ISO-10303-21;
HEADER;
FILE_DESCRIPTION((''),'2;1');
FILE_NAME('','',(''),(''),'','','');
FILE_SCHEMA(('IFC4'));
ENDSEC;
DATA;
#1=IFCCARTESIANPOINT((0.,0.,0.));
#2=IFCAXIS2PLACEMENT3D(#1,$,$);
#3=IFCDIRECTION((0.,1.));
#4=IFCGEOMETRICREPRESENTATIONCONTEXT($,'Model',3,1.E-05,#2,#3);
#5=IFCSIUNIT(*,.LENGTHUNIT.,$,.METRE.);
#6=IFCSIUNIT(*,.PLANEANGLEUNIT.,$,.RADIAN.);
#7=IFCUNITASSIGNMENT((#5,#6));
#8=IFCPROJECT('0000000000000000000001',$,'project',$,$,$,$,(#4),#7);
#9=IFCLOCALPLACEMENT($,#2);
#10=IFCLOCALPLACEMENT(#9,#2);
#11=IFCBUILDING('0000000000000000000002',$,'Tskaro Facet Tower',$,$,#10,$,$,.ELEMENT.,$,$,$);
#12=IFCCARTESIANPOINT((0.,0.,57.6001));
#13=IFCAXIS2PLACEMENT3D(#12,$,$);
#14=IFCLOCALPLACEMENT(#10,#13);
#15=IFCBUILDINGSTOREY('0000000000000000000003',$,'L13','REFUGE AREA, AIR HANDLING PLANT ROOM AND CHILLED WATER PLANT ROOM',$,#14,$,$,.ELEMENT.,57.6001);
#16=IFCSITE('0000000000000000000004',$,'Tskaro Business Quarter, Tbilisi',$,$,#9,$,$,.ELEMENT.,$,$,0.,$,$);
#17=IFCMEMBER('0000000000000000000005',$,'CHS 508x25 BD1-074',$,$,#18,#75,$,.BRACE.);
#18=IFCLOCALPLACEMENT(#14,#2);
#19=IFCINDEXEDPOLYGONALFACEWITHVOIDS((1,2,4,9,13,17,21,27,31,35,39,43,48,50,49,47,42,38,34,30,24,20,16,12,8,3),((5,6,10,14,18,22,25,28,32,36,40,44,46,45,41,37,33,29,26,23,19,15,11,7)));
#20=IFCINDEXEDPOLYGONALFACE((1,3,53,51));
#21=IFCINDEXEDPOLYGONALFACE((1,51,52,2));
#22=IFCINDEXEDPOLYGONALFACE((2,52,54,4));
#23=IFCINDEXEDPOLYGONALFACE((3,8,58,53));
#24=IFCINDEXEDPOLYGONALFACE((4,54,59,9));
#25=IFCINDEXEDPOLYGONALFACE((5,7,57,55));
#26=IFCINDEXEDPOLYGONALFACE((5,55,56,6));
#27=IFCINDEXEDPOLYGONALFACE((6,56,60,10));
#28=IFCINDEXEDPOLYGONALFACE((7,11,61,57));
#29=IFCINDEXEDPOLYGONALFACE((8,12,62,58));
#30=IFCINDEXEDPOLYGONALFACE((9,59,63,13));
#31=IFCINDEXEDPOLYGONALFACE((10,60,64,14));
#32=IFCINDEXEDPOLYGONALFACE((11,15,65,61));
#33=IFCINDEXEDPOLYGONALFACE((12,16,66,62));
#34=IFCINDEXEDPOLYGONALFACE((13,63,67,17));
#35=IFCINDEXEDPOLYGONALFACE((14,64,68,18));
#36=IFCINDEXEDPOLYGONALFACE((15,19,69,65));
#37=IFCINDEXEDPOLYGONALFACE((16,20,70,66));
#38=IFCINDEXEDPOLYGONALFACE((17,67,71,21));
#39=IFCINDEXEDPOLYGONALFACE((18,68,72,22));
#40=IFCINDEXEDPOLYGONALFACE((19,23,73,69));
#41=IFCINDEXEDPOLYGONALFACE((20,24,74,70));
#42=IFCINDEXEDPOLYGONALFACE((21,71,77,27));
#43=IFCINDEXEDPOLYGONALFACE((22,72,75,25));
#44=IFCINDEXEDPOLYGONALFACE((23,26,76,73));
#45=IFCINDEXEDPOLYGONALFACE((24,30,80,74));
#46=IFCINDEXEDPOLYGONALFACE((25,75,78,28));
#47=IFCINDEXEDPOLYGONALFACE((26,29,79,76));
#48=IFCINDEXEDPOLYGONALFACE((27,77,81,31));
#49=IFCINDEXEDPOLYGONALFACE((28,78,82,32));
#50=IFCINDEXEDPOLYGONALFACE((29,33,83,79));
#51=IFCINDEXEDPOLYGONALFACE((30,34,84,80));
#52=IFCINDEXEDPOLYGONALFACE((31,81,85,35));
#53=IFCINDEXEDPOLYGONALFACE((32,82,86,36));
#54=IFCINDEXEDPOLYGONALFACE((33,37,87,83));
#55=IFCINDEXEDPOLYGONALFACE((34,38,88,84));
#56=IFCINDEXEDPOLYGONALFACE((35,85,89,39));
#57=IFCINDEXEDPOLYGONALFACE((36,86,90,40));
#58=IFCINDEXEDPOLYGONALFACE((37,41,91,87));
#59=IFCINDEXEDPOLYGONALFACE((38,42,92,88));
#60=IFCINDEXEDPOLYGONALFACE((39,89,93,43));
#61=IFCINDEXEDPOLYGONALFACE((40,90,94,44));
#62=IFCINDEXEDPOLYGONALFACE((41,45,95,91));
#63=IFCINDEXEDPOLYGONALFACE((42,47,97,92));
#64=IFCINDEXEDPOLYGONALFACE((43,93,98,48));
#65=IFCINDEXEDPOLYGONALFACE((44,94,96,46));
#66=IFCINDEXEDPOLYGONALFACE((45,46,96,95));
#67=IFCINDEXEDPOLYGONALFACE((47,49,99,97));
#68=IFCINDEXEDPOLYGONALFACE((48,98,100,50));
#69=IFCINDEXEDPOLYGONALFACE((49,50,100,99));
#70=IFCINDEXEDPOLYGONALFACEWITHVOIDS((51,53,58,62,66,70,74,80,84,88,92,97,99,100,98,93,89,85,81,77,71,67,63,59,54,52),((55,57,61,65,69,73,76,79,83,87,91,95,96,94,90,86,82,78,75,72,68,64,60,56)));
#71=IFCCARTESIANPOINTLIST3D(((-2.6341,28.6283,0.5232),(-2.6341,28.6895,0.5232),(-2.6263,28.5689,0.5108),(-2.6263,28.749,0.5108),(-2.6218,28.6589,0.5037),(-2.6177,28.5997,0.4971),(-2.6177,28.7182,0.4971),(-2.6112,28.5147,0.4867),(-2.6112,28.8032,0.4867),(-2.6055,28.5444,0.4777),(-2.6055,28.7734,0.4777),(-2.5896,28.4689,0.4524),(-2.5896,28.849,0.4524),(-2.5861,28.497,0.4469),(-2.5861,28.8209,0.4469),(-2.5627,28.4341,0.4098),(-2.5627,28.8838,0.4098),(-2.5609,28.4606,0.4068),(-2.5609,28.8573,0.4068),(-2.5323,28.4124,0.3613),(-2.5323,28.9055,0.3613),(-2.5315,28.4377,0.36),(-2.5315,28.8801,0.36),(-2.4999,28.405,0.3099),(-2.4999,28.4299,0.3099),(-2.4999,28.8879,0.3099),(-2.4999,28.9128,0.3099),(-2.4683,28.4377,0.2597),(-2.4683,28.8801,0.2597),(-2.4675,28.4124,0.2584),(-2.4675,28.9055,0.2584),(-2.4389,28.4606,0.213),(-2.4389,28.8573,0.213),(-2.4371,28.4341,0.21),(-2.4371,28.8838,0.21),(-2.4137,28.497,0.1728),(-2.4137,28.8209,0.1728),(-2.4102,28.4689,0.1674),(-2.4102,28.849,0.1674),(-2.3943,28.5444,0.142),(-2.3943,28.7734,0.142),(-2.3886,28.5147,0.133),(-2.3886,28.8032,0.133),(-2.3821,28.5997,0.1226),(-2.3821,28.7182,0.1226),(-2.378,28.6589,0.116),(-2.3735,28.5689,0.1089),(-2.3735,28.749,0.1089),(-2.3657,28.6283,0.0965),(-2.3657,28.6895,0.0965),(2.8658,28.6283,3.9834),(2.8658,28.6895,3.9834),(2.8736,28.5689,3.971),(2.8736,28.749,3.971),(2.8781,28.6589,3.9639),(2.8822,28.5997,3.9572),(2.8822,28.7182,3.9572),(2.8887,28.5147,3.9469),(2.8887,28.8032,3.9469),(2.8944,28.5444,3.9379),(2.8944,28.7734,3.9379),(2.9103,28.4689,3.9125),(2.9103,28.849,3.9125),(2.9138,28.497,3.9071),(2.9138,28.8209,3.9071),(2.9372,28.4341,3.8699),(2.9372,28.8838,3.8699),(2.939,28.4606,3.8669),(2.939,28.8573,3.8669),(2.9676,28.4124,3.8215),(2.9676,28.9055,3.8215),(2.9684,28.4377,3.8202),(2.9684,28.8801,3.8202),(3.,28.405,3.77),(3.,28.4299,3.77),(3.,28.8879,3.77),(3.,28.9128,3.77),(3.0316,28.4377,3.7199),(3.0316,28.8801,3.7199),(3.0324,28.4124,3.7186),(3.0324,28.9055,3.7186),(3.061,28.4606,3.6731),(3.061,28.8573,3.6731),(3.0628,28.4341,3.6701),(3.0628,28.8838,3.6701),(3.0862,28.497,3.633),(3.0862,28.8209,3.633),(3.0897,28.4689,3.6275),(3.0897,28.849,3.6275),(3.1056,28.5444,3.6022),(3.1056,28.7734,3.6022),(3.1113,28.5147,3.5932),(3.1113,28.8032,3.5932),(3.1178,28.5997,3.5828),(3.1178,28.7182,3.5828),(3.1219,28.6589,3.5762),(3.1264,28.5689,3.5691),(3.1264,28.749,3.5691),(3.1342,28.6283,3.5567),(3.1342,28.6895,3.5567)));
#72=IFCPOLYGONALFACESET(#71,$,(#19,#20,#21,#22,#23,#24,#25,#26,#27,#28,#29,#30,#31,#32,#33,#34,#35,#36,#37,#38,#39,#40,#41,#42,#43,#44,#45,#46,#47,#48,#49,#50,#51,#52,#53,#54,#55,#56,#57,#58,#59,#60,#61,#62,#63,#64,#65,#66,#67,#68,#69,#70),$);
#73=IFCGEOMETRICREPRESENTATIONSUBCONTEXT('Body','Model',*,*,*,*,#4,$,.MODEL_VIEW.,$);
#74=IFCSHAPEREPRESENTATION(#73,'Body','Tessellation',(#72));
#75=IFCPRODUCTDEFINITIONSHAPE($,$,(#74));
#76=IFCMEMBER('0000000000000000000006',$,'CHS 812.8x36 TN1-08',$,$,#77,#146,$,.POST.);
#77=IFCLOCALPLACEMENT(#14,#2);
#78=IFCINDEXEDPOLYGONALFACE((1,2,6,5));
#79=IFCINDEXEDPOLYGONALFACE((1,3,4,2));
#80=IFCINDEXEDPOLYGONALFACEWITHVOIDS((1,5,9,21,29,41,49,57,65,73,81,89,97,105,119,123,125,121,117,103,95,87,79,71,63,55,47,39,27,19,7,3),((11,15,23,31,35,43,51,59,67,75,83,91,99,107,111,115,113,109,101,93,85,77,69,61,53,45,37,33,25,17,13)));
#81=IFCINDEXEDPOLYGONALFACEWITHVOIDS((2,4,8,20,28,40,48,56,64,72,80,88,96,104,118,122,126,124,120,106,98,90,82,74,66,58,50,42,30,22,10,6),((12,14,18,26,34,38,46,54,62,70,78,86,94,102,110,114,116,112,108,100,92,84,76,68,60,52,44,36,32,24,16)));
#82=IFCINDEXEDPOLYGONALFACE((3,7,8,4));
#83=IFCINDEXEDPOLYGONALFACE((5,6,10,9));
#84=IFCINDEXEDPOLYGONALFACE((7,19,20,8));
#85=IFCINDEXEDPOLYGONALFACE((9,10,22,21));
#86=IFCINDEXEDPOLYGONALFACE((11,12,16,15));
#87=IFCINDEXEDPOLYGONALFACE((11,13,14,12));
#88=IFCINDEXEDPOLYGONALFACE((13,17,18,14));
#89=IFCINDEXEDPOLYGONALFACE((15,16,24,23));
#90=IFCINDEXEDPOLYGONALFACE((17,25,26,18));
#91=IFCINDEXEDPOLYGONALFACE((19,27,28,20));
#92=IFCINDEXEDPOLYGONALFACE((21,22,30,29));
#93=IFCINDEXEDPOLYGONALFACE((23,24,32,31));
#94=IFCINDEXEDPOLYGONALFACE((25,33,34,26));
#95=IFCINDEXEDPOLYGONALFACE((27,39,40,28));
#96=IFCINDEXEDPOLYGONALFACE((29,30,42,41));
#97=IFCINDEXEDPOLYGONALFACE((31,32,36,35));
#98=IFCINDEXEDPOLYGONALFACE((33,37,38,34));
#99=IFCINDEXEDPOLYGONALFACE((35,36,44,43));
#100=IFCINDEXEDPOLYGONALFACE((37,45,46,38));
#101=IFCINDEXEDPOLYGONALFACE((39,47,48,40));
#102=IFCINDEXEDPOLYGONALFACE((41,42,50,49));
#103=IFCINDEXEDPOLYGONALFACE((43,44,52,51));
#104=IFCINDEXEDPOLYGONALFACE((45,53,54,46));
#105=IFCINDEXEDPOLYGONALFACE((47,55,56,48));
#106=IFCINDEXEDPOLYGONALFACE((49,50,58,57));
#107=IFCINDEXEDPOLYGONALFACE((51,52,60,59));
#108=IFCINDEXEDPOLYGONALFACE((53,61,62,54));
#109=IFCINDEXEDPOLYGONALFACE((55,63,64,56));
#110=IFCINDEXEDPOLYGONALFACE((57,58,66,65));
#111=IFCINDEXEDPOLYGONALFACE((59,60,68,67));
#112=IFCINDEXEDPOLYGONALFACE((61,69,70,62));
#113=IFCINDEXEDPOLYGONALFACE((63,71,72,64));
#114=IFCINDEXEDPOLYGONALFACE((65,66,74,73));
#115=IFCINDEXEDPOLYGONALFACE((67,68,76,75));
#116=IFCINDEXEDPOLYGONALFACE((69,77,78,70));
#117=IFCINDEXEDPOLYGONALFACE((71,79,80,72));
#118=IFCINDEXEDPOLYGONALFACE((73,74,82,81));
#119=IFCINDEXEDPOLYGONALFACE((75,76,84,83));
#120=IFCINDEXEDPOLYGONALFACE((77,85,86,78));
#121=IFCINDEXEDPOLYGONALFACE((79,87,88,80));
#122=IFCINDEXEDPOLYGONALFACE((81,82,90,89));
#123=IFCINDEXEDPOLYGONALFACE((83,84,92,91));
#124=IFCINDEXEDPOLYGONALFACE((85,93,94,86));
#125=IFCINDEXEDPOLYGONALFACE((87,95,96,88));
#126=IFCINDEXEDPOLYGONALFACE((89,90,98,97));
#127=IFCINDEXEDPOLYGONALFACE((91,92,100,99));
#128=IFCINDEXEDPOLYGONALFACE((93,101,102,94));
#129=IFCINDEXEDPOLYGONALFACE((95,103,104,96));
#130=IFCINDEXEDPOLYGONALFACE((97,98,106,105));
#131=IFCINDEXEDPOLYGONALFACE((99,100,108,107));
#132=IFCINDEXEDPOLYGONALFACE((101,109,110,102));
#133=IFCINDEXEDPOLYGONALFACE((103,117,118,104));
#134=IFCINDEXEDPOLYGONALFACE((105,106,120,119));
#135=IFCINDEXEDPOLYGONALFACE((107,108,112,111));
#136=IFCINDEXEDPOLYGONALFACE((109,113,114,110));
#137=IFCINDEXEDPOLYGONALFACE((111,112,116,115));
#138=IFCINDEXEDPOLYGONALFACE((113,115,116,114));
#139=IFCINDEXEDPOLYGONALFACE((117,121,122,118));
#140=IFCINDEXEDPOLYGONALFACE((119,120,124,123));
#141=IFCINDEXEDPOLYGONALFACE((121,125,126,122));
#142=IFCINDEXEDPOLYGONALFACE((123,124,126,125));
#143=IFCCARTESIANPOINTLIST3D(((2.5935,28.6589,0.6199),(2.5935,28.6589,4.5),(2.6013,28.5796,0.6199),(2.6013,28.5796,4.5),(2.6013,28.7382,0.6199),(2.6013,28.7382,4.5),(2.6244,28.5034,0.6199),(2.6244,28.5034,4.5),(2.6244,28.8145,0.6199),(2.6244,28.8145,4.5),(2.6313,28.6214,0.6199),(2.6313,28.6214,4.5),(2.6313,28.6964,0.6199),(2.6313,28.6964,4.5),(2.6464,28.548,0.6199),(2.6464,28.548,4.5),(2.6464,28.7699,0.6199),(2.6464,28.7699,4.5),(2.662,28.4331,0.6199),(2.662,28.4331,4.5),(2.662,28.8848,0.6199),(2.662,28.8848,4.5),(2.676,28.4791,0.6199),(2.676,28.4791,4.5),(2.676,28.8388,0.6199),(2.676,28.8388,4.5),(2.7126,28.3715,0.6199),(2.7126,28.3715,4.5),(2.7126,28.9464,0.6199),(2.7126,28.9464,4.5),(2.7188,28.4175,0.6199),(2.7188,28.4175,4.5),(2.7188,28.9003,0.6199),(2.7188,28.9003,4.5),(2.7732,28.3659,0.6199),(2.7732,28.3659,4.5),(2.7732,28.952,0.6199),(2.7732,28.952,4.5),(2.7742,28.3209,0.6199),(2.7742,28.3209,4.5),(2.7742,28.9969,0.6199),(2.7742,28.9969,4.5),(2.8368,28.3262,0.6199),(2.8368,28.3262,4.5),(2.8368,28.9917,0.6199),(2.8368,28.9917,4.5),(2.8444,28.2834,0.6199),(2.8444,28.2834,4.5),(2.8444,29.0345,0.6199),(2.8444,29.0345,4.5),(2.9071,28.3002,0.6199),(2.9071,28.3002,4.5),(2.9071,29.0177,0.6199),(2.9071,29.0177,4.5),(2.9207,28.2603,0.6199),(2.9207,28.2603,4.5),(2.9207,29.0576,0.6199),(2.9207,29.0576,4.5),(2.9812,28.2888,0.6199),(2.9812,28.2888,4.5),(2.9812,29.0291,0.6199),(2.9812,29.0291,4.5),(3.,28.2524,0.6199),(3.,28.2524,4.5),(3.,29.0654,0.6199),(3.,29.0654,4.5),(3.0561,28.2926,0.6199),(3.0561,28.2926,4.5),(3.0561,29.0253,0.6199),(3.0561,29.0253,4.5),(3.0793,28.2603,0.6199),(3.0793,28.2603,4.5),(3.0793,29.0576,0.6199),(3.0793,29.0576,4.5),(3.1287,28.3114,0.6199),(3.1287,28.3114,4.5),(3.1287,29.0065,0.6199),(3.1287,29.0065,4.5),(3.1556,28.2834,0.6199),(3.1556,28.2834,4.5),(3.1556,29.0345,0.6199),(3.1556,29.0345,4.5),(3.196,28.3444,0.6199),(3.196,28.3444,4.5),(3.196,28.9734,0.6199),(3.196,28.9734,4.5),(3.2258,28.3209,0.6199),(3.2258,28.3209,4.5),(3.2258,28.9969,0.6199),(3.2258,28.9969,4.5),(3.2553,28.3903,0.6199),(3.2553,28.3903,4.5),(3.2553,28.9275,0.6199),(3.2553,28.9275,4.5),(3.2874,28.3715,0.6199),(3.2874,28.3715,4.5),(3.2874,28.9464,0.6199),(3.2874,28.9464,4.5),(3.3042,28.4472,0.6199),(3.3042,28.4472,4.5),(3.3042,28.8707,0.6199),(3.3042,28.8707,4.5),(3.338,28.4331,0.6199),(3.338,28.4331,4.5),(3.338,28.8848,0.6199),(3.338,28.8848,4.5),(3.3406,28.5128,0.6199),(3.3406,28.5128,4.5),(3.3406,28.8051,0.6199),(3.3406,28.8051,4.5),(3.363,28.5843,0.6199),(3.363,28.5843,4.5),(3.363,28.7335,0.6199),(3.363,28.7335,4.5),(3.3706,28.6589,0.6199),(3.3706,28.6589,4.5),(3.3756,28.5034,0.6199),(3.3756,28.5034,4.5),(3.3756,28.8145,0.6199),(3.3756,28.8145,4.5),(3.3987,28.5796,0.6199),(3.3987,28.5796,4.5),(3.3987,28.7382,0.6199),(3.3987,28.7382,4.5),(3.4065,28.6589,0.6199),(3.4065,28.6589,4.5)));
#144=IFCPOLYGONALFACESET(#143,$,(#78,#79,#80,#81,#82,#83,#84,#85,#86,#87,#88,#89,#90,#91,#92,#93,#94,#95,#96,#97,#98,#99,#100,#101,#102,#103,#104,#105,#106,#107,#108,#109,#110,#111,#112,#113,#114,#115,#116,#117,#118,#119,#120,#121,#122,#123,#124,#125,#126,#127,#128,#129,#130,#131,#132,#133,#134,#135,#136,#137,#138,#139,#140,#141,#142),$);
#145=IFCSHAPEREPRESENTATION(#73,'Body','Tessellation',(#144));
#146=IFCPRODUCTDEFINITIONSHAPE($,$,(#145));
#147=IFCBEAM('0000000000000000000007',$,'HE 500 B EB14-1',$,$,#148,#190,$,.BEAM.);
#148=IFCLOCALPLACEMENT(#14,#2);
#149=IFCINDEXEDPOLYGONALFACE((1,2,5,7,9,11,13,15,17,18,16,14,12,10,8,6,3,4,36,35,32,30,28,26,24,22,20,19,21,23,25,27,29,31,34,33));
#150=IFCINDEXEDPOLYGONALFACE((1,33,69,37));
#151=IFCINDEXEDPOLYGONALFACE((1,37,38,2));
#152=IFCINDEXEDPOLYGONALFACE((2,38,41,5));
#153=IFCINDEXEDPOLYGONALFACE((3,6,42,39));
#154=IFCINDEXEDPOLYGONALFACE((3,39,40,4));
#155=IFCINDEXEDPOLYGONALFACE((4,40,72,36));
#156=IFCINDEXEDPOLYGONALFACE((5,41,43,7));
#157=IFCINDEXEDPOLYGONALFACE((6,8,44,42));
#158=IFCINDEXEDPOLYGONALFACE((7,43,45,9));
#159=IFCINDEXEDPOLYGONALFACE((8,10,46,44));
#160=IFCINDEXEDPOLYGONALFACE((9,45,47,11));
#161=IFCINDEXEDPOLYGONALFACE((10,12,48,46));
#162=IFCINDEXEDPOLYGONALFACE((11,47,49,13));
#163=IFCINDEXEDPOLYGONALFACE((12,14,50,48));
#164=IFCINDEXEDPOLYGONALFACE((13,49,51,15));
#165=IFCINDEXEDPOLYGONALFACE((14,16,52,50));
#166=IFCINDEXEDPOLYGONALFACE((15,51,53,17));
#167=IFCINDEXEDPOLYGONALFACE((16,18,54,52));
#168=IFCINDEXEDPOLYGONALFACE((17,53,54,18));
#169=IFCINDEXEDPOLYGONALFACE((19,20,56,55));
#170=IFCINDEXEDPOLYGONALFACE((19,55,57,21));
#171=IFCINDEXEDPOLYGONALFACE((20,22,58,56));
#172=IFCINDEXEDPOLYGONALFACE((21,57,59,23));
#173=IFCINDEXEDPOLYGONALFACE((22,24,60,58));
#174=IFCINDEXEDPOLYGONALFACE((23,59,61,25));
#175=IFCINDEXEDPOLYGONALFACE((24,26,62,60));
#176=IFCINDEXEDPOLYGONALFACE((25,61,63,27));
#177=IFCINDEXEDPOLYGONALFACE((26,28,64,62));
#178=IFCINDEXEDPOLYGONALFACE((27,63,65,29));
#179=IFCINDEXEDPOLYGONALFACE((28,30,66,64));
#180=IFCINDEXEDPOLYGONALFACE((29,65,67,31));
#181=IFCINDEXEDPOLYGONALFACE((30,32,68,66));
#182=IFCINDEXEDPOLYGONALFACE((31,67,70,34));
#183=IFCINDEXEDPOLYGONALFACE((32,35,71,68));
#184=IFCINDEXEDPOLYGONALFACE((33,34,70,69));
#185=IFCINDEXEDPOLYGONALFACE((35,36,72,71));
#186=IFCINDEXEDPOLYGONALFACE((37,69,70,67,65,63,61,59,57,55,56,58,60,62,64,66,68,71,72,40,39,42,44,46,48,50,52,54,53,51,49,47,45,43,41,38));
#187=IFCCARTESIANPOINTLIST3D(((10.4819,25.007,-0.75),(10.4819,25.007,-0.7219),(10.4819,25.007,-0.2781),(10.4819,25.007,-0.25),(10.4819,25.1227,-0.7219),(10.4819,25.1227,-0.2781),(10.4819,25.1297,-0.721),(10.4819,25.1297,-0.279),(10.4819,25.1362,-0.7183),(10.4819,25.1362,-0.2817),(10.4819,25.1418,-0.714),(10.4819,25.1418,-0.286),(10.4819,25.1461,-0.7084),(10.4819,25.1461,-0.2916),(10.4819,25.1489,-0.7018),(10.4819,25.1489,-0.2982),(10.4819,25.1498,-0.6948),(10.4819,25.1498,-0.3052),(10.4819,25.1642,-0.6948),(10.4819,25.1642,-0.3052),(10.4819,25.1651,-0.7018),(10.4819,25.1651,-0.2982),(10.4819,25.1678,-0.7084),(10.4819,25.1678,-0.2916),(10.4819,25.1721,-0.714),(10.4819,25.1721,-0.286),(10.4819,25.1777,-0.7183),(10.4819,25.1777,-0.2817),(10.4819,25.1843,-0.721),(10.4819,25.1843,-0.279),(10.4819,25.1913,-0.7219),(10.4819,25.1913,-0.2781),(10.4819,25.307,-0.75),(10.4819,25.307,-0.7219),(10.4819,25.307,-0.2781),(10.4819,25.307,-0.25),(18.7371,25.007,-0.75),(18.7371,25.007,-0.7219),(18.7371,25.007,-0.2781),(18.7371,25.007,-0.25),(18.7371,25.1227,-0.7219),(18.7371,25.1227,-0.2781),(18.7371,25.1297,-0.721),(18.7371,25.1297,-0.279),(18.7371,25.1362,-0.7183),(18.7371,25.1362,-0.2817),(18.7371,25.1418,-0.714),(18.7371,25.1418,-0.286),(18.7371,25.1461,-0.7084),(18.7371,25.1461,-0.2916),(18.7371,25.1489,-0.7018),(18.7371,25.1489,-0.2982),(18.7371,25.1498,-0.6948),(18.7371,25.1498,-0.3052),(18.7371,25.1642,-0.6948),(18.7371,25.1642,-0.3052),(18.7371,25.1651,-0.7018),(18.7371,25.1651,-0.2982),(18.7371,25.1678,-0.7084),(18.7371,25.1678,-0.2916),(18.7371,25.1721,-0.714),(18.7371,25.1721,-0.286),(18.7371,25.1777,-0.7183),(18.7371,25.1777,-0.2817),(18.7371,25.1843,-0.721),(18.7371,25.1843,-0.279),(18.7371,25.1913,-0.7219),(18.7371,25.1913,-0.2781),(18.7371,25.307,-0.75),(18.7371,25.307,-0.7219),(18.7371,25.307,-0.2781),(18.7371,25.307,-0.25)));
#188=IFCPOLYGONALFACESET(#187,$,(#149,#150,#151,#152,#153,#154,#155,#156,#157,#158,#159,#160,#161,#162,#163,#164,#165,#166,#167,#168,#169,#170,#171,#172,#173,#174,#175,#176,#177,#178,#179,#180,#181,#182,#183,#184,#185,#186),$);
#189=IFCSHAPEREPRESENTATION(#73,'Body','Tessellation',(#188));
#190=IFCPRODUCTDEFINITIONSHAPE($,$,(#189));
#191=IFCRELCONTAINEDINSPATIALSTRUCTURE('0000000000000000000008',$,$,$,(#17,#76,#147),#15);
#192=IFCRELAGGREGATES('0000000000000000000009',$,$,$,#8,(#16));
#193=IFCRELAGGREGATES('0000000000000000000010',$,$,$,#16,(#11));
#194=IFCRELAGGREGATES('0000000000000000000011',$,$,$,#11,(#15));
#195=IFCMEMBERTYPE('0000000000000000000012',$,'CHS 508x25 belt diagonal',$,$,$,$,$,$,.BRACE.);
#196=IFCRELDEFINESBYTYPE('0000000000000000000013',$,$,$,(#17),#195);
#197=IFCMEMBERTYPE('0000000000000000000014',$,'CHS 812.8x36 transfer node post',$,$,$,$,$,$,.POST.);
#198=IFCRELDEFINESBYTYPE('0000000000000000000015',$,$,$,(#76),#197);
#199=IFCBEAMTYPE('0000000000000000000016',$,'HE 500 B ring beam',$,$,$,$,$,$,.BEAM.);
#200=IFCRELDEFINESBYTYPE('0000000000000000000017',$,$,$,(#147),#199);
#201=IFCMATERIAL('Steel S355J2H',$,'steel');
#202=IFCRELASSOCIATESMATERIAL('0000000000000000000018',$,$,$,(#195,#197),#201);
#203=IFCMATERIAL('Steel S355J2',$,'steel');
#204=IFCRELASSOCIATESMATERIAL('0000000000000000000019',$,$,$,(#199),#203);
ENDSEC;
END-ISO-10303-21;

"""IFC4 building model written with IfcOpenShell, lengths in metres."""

from ifc_helpers import new_model, si_unit, direction, frame, origin, origin_2d, place, context, subcontext, project, spatial, hollow_circle, i_section, extrude, material, material_profile, profile_set, type_object, element, save


model = new_model("IFC4")

# Units and contexts
model_context = context("Model", 3, precision=1e-05, world=origin(), true_north=direction((0.0, 1.0)))
body_context = subcontext(model_context, "Body", "Model", "MODEL_VIEW")
ifc_project = project(units=[si_unit("LENGTHUNIT", "METRE"), si_unit("PLANEANGLEUNIT", "RADIAN")], contexts=[model_context])

# Site, building, storey
site_placement = place(None, origin())
site = spatial("IfcSite", under=ifc_project, at=site_placement, Name="Tskaro Business Quarter, Tbilisi", CompositionType="ELEMENT", RefElevation=0.0)
building_placement = place(site_placement, origin())
building = spatial("IfcBuilding", under=site, at=building_placement, Name="Tskaro Facet Tower", CompositionType="ELEMENT")
storey_placement = place(building_placement, frame((0.0, 0.0, 57.6001)))
storey = spatial("IfcBuildingStorey", under=building, at=storey_placement, Name="L13", Description="REFUGE AREA, AIR HANDLING PLANT ROOM AND CHILLED WATER PLANT ROOM", CompositionType="ELEMENT", Elevation=57.6001)

# Shared definitions
ifc_material_1 = material(Name="Steel S355J2H", Category="steel")

# Shared definitions
ifc_material_2 = material(Name="Steel S355J2", Category="steel")

# Members
ifc_material_profile_1 = material_profile(ifc_material_1, hollow_circle(Radius=0.2539, WallThickness=0.0249, at=origin_2d()), Name="CHS 508x25")
ifc_profile_set_1 = profile_set([ifc_material_profile_1], Name="Steel S355J2H")
member_type_1 = type_object("IfcMemberType", Name="CHS 508x25 belt diagonal", PredefinedType="BRACE", material=ifc_profile_set_1)
member_1_placement = place(storey_placement, frame((3.0, 28.6589, 3.77), z_axis=(-0.846424, 0.0, -0.532509), x_axis=(0.0, -1.0, 0.0)))
element("IfcMember", 1, at=member_1_placement, inside=storey, type_object=member_type_1, Name="CHS 508x25 BD1-074", PredefinedType="BRACE", context=body_context, shape_type="SweptSolid", body=[
    extrude(hollow_circle(Radius=0.2539, WallThickness=0.0249, at=origin_2d()), origin(), (0.0, 0.0, 1.0), 6.4978),
])
ifc_material_profile_2 = material_profile(ifc_material_1, hollow_circle(Radius=0.4065, WallThickness=0.0359, at=origin_2d()), Name="CHS 812.8x36")
ifc_profile_set_2 = profile_set([ifc_material_profile_2], Name="Steel S355J2H")
member_type_2 = type_object("IfcMemberType", Name="CHS 812.8x36 transfer node post", PredefinedType="POST", material=ifc_profile_set_2)
member_2_placement = place(storey_placement, frame((3.0, 28.6589, 0.6199), z_axis=(0.0, 0.0, 1.0), x_axis=(1.0, 0.0, 0.0)))
element("IfcMember", 2, at=member_2_placement, inside=storey, type_object=member_type_2, Name="CHS 812.8x36 TN1-08", PredefinedType="POST", context=body_context, shape_type="SweptSolid", body=[
    extrude(hollow_circle(Radius=0.4065, WallThickness=0.0359, at=origin_2d()), origin(), (0.0, 0.0, 1.0), 3.8801),
])

# Beam
ifc_material_profile_3 = material_profile(ifc_material_2, i_section(OverallWidth=0.3, OverallDepth=0.5, WebThickness=0.0144, FlangeThickness=0.0281, FilletRadius=0.0271, at=origin_2d()), Name="HE 500 B")
ifc_profile_set_3 = profile_set([ifc_material_profile_3], Name="Steel S355J2")
beam_type_1 = type_object("IfcBeamType", Name="HE 500 B ring beam", PredefinedType="BEAM", material=ifc_profile_set_3)
beam_1_placement = place(storey_placement, frame((18.7371, 25.157, -0.5), z_axis=(-1.0, 0.0, 0.0), x_axis=(0.0, -1.0, 0.0)))
element("IfcBeam", 3, at=beam_1_placement, inside=storey, type_object=beam_type_1, Name="HE 500 B EB14-1", PredefinedType="BEAM", context=body_context, shape_type="SweptSolid", body=[
    extrude(i_section(OverallWidth=0.3, OverallDepth=0.5, WebThickness=0.0144, FlangeThickness=0.0281, FilletRadius=0.0271, at=origin_2d()), origin(), (0.0, 0.0, 1.0), 8.2551),
])

save(model, "model.ifc")
